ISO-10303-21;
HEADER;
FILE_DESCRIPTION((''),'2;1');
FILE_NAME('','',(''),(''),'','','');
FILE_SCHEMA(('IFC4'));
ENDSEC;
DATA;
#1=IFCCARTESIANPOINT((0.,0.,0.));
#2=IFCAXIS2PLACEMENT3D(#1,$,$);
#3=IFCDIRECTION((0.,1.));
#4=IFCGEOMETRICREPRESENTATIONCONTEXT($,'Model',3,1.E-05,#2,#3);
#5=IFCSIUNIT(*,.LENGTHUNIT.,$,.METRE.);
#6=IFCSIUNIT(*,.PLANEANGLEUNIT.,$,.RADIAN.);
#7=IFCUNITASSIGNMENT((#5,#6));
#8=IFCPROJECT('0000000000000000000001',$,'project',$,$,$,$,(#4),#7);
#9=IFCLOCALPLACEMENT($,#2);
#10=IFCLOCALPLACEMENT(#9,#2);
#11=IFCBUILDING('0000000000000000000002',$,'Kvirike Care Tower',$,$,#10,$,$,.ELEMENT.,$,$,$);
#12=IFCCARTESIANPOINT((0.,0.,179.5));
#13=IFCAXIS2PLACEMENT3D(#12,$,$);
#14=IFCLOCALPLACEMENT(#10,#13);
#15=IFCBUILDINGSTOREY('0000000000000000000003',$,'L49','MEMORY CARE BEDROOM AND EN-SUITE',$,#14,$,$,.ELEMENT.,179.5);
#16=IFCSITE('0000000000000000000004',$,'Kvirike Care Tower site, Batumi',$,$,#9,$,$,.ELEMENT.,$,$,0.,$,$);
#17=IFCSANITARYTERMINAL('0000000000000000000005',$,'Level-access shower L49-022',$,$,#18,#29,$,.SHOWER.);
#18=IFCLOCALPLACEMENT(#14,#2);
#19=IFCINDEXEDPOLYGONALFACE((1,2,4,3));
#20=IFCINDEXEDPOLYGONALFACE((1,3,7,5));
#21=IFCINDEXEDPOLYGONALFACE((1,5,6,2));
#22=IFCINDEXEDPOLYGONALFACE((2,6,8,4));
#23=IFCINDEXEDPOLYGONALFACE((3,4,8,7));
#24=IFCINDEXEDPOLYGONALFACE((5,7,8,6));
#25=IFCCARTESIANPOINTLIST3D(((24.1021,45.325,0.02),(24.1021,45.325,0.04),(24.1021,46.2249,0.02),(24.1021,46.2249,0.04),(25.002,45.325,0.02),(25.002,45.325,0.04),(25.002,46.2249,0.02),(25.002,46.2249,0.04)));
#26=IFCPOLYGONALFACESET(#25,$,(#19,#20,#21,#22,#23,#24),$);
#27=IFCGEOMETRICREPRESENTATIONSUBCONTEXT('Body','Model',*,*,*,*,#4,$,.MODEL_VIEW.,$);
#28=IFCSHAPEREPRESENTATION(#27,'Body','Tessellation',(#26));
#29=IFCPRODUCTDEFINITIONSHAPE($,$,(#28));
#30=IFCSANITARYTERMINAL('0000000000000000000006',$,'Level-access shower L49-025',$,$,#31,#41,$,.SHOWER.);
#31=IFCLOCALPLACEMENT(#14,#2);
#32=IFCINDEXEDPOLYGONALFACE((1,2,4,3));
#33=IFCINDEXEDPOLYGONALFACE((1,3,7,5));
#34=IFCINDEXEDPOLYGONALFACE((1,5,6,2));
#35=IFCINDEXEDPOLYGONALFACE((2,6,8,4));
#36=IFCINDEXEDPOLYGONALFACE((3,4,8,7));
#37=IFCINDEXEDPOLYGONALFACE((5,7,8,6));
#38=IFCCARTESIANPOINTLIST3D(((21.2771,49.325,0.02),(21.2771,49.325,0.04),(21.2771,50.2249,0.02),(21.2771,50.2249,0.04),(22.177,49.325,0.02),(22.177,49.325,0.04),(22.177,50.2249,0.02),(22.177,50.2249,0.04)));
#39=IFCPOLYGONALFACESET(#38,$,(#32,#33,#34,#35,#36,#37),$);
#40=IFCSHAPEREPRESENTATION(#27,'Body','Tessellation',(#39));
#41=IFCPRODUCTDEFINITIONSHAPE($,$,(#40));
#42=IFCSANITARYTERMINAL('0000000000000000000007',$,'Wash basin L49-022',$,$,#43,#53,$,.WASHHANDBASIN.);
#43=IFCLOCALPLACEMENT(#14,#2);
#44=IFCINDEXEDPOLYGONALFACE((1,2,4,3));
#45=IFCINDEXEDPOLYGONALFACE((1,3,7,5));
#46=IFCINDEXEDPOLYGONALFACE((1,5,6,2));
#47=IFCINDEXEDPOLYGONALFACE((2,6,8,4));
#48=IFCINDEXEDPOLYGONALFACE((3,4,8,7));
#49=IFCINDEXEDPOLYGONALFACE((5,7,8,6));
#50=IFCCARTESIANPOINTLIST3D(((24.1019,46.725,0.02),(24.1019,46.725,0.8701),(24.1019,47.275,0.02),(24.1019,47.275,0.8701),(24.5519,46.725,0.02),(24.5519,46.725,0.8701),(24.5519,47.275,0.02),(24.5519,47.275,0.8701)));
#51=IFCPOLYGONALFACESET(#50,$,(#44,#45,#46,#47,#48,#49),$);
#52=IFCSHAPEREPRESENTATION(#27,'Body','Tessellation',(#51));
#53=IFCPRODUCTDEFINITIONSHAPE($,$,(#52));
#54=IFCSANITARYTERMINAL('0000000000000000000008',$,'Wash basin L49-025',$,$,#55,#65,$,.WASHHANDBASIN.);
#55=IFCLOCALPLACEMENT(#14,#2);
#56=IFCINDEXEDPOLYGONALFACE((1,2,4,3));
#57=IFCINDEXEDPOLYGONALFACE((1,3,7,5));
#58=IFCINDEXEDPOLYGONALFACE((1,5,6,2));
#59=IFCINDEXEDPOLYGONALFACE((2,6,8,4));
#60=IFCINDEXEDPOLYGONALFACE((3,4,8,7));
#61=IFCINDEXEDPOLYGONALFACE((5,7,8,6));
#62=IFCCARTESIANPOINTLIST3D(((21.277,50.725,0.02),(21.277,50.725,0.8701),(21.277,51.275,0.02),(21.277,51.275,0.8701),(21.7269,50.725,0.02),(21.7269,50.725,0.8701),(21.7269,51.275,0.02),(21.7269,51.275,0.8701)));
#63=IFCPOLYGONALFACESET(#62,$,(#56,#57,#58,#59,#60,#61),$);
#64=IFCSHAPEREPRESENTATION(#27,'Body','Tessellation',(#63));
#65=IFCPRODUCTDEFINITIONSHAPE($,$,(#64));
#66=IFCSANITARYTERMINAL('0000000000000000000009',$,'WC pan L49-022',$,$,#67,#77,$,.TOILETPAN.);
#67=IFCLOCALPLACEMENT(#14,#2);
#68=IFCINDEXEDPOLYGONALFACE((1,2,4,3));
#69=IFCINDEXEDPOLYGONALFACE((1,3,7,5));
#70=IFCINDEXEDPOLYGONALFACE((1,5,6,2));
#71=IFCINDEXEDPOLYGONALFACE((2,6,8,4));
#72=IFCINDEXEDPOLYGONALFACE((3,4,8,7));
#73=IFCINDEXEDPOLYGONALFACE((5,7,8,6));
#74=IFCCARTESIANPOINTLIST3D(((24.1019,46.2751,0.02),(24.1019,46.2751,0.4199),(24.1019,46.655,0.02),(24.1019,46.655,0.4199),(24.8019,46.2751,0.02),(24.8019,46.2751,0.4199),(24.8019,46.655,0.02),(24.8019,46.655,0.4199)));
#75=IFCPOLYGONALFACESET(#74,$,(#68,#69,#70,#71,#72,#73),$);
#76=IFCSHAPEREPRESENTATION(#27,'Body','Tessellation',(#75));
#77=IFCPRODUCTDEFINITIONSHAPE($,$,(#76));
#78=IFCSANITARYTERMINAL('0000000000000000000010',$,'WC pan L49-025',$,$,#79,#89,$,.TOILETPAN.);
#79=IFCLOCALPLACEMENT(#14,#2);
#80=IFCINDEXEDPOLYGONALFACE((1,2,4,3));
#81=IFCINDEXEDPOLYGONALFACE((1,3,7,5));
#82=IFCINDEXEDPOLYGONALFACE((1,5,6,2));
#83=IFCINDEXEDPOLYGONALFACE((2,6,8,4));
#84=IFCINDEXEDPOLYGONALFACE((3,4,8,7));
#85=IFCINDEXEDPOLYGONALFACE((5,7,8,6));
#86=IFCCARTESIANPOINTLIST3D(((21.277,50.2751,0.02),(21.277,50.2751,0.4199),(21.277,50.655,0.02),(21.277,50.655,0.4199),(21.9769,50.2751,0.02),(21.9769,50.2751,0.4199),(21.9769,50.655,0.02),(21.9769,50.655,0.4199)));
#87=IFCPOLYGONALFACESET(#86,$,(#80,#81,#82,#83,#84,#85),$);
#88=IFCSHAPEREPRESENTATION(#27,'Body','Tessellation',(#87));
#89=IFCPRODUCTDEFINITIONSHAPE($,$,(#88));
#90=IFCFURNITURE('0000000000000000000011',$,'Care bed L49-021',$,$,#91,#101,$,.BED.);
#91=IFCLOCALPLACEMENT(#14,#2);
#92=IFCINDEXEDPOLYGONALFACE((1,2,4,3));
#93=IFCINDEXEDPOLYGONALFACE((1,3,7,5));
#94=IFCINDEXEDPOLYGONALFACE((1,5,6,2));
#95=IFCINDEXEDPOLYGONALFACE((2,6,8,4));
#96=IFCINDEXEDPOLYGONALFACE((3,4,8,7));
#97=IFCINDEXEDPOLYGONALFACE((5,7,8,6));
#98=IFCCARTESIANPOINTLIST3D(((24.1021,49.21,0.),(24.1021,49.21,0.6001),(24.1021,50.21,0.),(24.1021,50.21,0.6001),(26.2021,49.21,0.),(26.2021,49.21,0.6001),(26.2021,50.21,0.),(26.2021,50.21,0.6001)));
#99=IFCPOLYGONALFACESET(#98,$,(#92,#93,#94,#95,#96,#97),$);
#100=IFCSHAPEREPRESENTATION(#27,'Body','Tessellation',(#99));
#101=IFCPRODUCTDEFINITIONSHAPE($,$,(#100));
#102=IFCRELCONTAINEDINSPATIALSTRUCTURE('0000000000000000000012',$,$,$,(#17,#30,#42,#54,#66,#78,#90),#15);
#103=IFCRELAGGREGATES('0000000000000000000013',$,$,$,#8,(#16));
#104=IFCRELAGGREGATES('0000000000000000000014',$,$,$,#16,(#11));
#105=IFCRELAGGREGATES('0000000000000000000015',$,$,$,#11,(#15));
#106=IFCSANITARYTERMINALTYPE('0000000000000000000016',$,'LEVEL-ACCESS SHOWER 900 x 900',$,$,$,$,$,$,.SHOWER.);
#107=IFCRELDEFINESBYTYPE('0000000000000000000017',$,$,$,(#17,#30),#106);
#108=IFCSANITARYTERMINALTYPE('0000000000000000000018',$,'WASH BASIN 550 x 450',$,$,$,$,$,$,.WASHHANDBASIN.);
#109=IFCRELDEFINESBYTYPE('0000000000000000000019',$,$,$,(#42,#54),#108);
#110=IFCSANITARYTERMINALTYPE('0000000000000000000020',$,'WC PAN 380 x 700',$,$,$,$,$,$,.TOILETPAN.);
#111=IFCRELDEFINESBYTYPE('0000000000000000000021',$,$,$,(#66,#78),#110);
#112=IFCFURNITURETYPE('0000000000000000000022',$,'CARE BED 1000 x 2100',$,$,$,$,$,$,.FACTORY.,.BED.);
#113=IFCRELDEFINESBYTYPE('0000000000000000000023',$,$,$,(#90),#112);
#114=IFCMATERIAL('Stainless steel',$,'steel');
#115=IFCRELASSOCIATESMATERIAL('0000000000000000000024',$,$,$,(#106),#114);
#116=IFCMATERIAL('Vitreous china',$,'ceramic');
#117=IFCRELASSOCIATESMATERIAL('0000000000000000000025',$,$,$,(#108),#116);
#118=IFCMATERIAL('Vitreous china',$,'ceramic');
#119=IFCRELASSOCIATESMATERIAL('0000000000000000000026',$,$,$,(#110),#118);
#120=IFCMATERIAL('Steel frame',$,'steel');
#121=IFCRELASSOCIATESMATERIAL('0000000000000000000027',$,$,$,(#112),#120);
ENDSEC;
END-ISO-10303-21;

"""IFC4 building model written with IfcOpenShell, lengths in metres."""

from ifc_helpers import new_model, si_unit, direction, frame, origin, origin_2d, place, context, subcontext, project, spatial, rectangle, extrude, material, type_object, element, save


model = new_model("IFC4")

# Units and contexts
model_context = context("Model", 3, precision=1e-05, world=origin(), true_north=direction((0.0, 1.0)))
body_context = subcontext(model_context, "Body", "Model", "MODEL_VIEW")
ifc_project = project(units=[si_unit("LENGTHUNIT", "METRE"), si_unit("PLANEANGLEUNIT", "RADIAN")], contexts=[model_context])

# Site, building, storey
site_placement = place(None, origin())
site = spatial("IfcSite", under=ifc_project, at=site_placement, Name="Kvirike Care Tower site, Batumi", CompositionType="ELEMENT", RefElevation=0.0)
building_placement = place(site_placement, origin())
building = spatial("IfcBuilding", under=site, at=building_placement, Name="Kvirike Care Tower", CompositionType="ELEMENT")
storey_placement = place(building_placement, frame((0.0, 0.0, 179.5)))
storey = spatial("IfcBuildingStorey", under=building, at=storey_placement, Name="L49", Description="MEMORY CARE BEDROOM AND EN-SUITE", CompositionType="ELEMENT", Elevation=179.5)

# Sanitary terminals
ifc_material_1 = material(Name="Stainless steel", Category="steel")
sanitary_terminal_type_1 = type_object("IfcSanitaryTerminalType", Name="LEVEL-ACCESS SHOWER 900 x 900", PredefinedType="SHOWER", material=ifc_material_1)
for number, where, z_axis, x_axis, name in (
    (1, (24.552, 45.7749, 0.02), (0.0, 0.0, 1.0), (0.0, 1.0, 0.0), "Level-access shower L49-022"),
    (2, (21.7271, 49.7749, 0.02), (0.0, 0.0, 1.0), (0.0, 1.0, 0.0), "Level-access shower L49-025"),
):
    element("IfcSanitaryTerminal", number, at=place(storey_placement, frame(where, z_axis=z_axis, x_axis=x_axis)), inside=storey, type_object=sanitary_terminal_type_1, Name=name, PredefinedType="SHOWER", context=body_context, shape_type="SweptSolid", body=[
        extrude(rectangle(XDim=0.8999, YDim=0.8999, at=origin_2d()), origin(), (0.0, 0.0, 1.0), 0.02),
    ])
ifc_material_2 = material(Name="Vitreous china", Category="ceramic")
sanitary_terminal_type_2 = type_object("IfcSanitaryTerminalType", Name="WASH BASIN 550 x 450", PredefinedType="WASHHANDBASIN", material=ifc_material_2)
for number, where, z_axis, x_axis, name in (
    (3, (24.3269, 47.0, 0.02), (0.0, 0.0, 1.0), (0.0, 1.0, 0.0), "Wash basin L49-022"),
    (4, (21.502, 51.0, 0.02), (0.0, 0.0, 1.0), (0.0, 1.0, 0.0), "Wash basin L49-025"),
):
    element("IfcSanitaryTerminal", number, at=place(storey_placement, frame(where, z_axis=z_axis, x_axis=x_axis)), inside=storey, type_object=sanitary_terminal_type_2, Name=name, PredefinedType="WASHHANDBASIN", context=body_context, shape_type="SweptSolid", body=[
        extrude(rectangle(XDim=0.55, YDim=0.45, at=origin_2d()), origin(), (0.0, 0.0, 1.0), 0.8501),
    ])
ifc_material_3 = material(Name="Vitreous china", Category="ceramic")
sanitary_terminal_type_3 = type_object("IfcSanitaryTerminalType", Name="WC PAN 380 x 700", PredefinedType="TOILETPAN", material=ifc_material_3)
for number, where, z_axis, x_axis, name in (
    (5, (24.4519, 46.4651, 0.02), (0.0, 0.0, 1.0), (0.0, 1.0, 0.0), "WC pan L49-022"),
    (6, (21.627, 50.4651, 0.02), (0.0, 0.0, 1.0), (0.0, 1.0, 0.0), "WC pan L49-025"),
):
    element("IfcSanitaryTerminal", number, at=place(storey_placement, frame(where, z_axis=z_axis, x_axis=x_axis)), inside=storey, type_object=sanitary_terminal_type_3, Name=name, PredefinedType="TOILETPAN", context=body_context, shape_type="SweptSolid", body=[
        extrude(rectangle(XDim=0.3799, YDim=0.7, at=origin_2d()), origin(), (0.0, 0.0, 1.0), 0.3999),
    ])

# Furniture
ifc_material_4 = material(Name="Steel frame", Category="steel")
furniture_type = type_object("IfcFurnitureType", Name="CARE BED 1000 x 2100", AssemblyPlace="FACTORY", PredefinedType="BED", material=ifc_material_4)
furniture_placement = place(storey_placement, frame((25.1521, 49.71, 0.0), z_axis=(0.0, 0.0, 1.0), x_axis=(0.0, 1.0, 0.0)))
element("IfcFurniture", 7, at=furniture_placement, inside=storey, type_object=furniture_type, Name="Care bed L49-021", PredefinedType="BED", context=body_context, shape_type="SweptSolid", body=[
    extrude(rectangle(XDim=1.0, YDim=2.1001, at=origin_2d()), origin(), (0.0, 0.0, 1.0), 0.6001),
])

save(model, "model.ifc")
